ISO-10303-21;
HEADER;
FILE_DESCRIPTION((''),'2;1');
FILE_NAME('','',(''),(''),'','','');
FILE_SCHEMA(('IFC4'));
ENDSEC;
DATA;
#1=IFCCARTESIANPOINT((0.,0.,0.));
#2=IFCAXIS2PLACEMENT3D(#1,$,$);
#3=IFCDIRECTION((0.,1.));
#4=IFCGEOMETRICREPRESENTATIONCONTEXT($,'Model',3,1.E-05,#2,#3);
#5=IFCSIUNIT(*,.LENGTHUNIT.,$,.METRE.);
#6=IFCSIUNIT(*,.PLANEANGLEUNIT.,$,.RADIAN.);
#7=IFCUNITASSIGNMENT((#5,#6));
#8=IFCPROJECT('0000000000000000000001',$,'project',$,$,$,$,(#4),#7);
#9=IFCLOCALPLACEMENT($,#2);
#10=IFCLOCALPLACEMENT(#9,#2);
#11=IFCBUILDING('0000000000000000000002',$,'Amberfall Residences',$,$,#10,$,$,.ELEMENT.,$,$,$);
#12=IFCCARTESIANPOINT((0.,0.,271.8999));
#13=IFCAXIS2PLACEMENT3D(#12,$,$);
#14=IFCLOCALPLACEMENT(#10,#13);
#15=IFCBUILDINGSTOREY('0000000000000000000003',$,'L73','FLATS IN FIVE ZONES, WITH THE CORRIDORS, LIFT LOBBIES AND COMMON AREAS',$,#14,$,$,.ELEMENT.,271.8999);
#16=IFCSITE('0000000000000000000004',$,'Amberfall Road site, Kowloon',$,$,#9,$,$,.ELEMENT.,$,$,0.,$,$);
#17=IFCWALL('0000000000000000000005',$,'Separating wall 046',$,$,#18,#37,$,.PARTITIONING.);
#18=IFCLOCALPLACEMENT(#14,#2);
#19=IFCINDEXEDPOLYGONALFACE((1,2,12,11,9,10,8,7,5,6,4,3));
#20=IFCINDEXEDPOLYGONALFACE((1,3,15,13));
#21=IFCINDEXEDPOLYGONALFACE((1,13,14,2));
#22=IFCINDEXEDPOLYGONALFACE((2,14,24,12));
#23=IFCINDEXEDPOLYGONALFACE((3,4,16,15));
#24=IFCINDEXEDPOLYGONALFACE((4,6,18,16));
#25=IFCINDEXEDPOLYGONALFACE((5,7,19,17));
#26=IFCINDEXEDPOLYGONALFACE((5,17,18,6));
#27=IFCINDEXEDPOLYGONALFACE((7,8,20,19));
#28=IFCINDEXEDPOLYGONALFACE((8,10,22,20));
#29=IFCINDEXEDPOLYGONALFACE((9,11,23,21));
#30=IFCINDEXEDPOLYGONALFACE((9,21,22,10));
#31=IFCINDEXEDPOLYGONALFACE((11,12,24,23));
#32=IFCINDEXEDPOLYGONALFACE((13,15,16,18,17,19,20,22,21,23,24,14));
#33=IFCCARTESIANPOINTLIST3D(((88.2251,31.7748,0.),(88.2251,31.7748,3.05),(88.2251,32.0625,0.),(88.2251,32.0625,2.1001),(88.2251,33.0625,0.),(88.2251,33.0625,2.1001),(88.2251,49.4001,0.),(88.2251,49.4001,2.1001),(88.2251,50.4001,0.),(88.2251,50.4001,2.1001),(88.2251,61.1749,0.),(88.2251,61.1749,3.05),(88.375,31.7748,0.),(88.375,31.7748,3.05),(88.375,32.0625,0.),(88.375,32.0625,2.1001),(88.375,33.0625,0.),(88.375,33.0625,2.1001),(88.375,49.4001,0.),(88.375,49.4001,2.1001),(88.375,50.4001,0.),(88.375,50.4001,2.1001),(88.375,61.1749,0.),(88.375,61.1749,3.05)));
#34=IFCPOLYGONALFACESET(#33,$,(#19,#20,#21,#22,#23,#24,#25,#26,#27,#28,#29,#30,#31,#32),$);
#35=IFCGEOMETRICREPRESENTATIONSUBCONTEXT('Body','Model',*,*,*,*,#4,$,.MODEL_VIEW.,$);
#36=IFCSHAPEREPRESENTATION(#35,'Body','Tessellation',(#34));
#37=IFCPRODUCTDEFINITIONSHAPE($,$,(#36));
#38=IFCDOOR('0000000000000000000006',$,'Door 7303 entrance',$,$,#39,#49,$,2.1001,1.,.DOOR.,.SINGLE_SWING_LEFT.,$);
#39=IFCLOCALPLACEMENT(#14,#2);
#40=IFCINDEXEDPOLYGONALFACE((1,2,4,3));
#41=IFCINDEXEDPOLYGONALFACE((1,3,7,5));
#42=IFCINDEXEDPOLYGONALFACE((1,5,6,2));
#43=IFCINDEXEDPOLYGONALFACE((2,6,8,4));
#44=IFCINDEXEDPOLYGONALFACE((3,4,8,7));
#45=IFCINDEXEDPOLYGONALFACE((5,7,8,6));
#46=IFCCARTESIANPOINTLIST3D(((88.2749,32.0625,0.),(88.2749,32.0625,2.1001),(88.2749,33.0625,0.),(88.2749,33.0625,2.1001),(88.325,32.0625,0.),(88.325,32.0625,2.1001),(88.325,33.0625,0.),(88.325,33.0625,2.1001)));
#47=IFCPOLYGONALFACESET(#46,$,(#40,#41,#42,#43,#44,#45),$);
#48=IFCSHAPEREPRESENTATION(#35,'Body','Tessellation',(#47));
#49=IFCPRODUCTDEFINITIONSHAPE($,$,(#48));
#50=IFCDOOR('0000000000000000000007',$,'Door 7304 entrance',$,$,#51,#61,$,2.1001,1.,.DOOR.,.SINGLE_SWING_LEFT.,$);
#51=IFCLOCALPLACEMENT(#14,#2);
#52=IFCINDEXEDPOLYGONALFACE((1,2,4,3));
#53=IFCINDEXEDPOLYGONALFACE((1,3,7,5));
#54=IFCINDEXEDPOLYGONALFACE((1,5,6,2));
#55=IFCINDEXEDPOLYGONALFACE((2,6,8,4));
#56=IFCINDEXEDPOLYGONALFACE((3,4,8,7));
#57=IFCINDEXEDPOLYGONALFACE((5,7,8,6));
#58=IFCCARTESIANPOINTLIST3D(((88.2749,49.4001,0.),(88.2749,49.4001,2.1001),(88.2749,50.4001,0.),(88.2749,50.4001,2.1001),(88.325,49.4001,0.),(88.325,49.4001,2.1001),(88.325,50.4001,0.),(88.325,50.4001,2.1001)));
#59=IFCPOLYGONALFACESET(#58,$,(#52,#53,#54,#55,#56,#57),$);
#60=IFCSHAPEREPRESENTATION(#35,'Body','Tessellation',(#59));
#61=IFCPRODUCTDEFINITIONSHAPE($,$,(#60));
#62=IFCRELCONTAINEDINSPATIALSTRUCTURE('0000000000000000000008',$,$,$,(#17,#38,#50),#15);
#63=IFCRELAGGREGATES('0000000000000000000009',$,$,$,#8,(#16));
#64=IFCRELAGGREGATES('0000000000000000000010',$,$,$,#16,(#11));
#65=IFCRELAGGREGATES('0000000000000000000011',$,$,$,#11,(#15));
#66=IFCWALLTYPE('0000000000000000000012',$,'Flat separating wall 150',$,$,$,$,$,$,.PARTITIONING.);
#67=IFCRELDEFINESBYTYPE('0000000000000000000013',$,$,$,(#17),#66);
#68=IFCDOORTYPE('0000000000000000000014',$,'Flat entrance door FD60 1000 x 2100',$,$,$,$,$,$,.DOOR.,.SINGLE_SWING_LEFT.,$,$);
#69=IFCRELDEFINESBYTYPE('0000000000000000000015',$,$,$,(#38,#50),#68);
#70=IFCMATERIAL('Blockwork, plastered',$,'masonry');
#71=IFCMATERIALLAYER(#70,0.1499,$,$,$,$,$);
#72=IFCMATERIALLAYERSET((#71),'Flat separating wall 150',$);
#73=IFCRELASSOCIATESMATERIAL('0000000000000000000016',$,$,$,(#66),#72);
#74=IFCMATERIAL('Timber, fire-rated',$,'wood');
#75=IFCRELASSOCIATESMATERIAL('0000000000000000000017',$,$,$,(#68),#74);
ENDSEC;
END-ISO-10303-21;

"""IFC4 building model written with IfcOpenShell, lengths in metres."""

from ifc_helpers import new_model, si_unit, direction, frame, frame_2d, origin, place, context, subcontext, project, spatial, rectangle, extrude, material, layer, layer_set, type_object, element, fill, save


model = new_model("IFC4")

# Units and contexts
model_context = context("Model", 3, precision=1e-05, world=origin(), true_north=direction((0.0, 1.0)))
body_context = subcontext(model_context, "Body", "Model", "MODEL_VIEW")
ifc_project = project(units=[si_unit("LENGTHUNIT", "METRE"), si_unit("PLANEANGLEUNIT", "RADIAN")], contexts=[model_context])

# Site, building, storey
site_placement = place(None, origin())
site = spatial("IfcSite", under=ifc_project, at=site_placement, Name="Amberfall Road site, Kowloon", CompositionType="ELEMENT", RefElevation=0.0)
building_placement = place(site_placement, origin())
building = spatial("IfcBuilding", under=site, at=building_placement, Name="Amberfall Residences", CompositionType="ELEMENT")
storey_placement = place(building_placement, frame((0.0, 0.0, 271.8999)))
storey = spatial("IfcBuildingStorey", under=building, at=storey_placement, Name="L73", Description="FLATS IN FIVE ZONES, WITH THE CORRIDORS, LIFT LOBBIES AND COMMON AREAS", CompositionType="ELEMENT", Elevation=271.8999)

# Wall, openings, doors
ifc_material_1 = material(Name="Blockwork, plastered", Category="masonry")
ifc_layer_1 = layer(ifc_material_1, 0.1499)
ifc_layer_set_1 = layer_set([ifc_layer_1], Name="Flat separating wall 150")
wall_type_1 = type_object("IfcWallType", Name="Flat separating wall 150", PredefinedType="PARTITIONING", material=ifc_layer_set_1)
wall_1_placement = place(storey_placement, frame((88.3, 61.175, 0.0), z_axis=(0.0, 0.0, 1.0), x_axis=(0.0, -1.0, 0.0)))
wall_1 = element("IfcWall", 1, at=wall_1_placement, inside=storey, type_object=wall_type_1, Name="Separating wall 046", PredefinedType="PARTITIONING", context=body_context, shape_type="SweptSolid", body=[
    extrude(rectangle(XDim=29.4001, YDim=0.1499, at=frame_2d((14.7002, 0.0))), origin(), (0.0, 0.0, 1.0), 3.05),
])
opening_1_placement = place(wall_1_placement, frame((28.1125, 0.0, 0.0)))
opening_1 = element("IfcOpeningElement", 2, at=opening_1_placement, cuts=wall_1, PredefinedType="OPENING", context=body_context, shape_type="SweptSolid", body=[
    extrude(rectangle(XDim=1.0, YDim=2.1001, at=frame_2d((0.5, 1.05))), frame((0.0, 0.085, 0.0), z_axis=(0.0, -1.0, 0.0), x_axis=(1.0, 0.0, 0.0)), (0.0, 0.0, 1.0), 0.1699),
])
opening_2_placement = place(wall_1_placement, frame((10.7749, 0.0, 0.0)))
opening_2 = element("IfcOpeningElement", 3, at=opening_2_placement, cuts=wall_1, PredefinedType="OPENING", context=body_context, shape_type="SweptSolid", body=[
    extrude(rectangle(XDim=1.0, YDim=2.1001, at=frame_2d((0.5, 1.05))), frame((0.0, 0.085, 0.0), z_axis=(0.0, -1.0, 0.0), x_axis=(1.0, 0.0, 0.0)), (0.0, 0.0, 1.0), 0.1699),
])
ifc_material_2 = material(Name="Timber, fire-rated", Category="wood")
door_type_1 = type_object("IfcDoorType", Name="Flat entrance door FD60 1000 x 2100", OperationType="SINGLE_SWING_LEFT", PredefinedType="DOOR", material=ifc_material_2)
door_1_placement = place(opening_1_placement, origin())
door_1 = element("IfcDoor", 4, at=door_1_placement, inside=storey, type_object=door_type_1, Name="Door 7303 entrance", OperationType="SINGLE_SWING_LEFT", OverallHeight=2.1001, OverallWidth=1.0, PredefinedType="DOOR", context=body_context, shape_type="SweptSolid", body=[
    extrude(rectangle(XDim=1.0, YDim=2.1001, at=frame_2d((0.5, 1.05))), frame((0.0, 0.0249, 0.0), z_axis=(0.0, -1.0, 0.0), x_axis=(1.0, 0.0, 0.0)), (0.0, 0.0, 1.0), 0.05),
])
fill(opening_1, door_1)
door_2_placement = place(opening_2_placement, origin())
door_2 = element("IfcDoor", 5, at=door_2_placement, inside=storey, type_object=door_type_1, Name="Door 7304 entrance", OperationType="SINGLE_SWING_LEFT", OverallHeight=2.1001, OverallWidth=1.0, PredefinedType="DOOR", context=body_context, shape_type="SweptSolid", body=[
    extrude(rectangle(XDim=1.0, YDim=2.1001, at=frame_2d((0.5, 1.05))), frame((0.0, 0.0249, 0.0), z_axis=(0.0, -1.0, 0.0), x_axis=(1.0, 0.0, 0.0)), (0.0, 0.0, 1.0), 0.05),
])
fill(opening_2, door_2)

save(model, "model.ifc")
